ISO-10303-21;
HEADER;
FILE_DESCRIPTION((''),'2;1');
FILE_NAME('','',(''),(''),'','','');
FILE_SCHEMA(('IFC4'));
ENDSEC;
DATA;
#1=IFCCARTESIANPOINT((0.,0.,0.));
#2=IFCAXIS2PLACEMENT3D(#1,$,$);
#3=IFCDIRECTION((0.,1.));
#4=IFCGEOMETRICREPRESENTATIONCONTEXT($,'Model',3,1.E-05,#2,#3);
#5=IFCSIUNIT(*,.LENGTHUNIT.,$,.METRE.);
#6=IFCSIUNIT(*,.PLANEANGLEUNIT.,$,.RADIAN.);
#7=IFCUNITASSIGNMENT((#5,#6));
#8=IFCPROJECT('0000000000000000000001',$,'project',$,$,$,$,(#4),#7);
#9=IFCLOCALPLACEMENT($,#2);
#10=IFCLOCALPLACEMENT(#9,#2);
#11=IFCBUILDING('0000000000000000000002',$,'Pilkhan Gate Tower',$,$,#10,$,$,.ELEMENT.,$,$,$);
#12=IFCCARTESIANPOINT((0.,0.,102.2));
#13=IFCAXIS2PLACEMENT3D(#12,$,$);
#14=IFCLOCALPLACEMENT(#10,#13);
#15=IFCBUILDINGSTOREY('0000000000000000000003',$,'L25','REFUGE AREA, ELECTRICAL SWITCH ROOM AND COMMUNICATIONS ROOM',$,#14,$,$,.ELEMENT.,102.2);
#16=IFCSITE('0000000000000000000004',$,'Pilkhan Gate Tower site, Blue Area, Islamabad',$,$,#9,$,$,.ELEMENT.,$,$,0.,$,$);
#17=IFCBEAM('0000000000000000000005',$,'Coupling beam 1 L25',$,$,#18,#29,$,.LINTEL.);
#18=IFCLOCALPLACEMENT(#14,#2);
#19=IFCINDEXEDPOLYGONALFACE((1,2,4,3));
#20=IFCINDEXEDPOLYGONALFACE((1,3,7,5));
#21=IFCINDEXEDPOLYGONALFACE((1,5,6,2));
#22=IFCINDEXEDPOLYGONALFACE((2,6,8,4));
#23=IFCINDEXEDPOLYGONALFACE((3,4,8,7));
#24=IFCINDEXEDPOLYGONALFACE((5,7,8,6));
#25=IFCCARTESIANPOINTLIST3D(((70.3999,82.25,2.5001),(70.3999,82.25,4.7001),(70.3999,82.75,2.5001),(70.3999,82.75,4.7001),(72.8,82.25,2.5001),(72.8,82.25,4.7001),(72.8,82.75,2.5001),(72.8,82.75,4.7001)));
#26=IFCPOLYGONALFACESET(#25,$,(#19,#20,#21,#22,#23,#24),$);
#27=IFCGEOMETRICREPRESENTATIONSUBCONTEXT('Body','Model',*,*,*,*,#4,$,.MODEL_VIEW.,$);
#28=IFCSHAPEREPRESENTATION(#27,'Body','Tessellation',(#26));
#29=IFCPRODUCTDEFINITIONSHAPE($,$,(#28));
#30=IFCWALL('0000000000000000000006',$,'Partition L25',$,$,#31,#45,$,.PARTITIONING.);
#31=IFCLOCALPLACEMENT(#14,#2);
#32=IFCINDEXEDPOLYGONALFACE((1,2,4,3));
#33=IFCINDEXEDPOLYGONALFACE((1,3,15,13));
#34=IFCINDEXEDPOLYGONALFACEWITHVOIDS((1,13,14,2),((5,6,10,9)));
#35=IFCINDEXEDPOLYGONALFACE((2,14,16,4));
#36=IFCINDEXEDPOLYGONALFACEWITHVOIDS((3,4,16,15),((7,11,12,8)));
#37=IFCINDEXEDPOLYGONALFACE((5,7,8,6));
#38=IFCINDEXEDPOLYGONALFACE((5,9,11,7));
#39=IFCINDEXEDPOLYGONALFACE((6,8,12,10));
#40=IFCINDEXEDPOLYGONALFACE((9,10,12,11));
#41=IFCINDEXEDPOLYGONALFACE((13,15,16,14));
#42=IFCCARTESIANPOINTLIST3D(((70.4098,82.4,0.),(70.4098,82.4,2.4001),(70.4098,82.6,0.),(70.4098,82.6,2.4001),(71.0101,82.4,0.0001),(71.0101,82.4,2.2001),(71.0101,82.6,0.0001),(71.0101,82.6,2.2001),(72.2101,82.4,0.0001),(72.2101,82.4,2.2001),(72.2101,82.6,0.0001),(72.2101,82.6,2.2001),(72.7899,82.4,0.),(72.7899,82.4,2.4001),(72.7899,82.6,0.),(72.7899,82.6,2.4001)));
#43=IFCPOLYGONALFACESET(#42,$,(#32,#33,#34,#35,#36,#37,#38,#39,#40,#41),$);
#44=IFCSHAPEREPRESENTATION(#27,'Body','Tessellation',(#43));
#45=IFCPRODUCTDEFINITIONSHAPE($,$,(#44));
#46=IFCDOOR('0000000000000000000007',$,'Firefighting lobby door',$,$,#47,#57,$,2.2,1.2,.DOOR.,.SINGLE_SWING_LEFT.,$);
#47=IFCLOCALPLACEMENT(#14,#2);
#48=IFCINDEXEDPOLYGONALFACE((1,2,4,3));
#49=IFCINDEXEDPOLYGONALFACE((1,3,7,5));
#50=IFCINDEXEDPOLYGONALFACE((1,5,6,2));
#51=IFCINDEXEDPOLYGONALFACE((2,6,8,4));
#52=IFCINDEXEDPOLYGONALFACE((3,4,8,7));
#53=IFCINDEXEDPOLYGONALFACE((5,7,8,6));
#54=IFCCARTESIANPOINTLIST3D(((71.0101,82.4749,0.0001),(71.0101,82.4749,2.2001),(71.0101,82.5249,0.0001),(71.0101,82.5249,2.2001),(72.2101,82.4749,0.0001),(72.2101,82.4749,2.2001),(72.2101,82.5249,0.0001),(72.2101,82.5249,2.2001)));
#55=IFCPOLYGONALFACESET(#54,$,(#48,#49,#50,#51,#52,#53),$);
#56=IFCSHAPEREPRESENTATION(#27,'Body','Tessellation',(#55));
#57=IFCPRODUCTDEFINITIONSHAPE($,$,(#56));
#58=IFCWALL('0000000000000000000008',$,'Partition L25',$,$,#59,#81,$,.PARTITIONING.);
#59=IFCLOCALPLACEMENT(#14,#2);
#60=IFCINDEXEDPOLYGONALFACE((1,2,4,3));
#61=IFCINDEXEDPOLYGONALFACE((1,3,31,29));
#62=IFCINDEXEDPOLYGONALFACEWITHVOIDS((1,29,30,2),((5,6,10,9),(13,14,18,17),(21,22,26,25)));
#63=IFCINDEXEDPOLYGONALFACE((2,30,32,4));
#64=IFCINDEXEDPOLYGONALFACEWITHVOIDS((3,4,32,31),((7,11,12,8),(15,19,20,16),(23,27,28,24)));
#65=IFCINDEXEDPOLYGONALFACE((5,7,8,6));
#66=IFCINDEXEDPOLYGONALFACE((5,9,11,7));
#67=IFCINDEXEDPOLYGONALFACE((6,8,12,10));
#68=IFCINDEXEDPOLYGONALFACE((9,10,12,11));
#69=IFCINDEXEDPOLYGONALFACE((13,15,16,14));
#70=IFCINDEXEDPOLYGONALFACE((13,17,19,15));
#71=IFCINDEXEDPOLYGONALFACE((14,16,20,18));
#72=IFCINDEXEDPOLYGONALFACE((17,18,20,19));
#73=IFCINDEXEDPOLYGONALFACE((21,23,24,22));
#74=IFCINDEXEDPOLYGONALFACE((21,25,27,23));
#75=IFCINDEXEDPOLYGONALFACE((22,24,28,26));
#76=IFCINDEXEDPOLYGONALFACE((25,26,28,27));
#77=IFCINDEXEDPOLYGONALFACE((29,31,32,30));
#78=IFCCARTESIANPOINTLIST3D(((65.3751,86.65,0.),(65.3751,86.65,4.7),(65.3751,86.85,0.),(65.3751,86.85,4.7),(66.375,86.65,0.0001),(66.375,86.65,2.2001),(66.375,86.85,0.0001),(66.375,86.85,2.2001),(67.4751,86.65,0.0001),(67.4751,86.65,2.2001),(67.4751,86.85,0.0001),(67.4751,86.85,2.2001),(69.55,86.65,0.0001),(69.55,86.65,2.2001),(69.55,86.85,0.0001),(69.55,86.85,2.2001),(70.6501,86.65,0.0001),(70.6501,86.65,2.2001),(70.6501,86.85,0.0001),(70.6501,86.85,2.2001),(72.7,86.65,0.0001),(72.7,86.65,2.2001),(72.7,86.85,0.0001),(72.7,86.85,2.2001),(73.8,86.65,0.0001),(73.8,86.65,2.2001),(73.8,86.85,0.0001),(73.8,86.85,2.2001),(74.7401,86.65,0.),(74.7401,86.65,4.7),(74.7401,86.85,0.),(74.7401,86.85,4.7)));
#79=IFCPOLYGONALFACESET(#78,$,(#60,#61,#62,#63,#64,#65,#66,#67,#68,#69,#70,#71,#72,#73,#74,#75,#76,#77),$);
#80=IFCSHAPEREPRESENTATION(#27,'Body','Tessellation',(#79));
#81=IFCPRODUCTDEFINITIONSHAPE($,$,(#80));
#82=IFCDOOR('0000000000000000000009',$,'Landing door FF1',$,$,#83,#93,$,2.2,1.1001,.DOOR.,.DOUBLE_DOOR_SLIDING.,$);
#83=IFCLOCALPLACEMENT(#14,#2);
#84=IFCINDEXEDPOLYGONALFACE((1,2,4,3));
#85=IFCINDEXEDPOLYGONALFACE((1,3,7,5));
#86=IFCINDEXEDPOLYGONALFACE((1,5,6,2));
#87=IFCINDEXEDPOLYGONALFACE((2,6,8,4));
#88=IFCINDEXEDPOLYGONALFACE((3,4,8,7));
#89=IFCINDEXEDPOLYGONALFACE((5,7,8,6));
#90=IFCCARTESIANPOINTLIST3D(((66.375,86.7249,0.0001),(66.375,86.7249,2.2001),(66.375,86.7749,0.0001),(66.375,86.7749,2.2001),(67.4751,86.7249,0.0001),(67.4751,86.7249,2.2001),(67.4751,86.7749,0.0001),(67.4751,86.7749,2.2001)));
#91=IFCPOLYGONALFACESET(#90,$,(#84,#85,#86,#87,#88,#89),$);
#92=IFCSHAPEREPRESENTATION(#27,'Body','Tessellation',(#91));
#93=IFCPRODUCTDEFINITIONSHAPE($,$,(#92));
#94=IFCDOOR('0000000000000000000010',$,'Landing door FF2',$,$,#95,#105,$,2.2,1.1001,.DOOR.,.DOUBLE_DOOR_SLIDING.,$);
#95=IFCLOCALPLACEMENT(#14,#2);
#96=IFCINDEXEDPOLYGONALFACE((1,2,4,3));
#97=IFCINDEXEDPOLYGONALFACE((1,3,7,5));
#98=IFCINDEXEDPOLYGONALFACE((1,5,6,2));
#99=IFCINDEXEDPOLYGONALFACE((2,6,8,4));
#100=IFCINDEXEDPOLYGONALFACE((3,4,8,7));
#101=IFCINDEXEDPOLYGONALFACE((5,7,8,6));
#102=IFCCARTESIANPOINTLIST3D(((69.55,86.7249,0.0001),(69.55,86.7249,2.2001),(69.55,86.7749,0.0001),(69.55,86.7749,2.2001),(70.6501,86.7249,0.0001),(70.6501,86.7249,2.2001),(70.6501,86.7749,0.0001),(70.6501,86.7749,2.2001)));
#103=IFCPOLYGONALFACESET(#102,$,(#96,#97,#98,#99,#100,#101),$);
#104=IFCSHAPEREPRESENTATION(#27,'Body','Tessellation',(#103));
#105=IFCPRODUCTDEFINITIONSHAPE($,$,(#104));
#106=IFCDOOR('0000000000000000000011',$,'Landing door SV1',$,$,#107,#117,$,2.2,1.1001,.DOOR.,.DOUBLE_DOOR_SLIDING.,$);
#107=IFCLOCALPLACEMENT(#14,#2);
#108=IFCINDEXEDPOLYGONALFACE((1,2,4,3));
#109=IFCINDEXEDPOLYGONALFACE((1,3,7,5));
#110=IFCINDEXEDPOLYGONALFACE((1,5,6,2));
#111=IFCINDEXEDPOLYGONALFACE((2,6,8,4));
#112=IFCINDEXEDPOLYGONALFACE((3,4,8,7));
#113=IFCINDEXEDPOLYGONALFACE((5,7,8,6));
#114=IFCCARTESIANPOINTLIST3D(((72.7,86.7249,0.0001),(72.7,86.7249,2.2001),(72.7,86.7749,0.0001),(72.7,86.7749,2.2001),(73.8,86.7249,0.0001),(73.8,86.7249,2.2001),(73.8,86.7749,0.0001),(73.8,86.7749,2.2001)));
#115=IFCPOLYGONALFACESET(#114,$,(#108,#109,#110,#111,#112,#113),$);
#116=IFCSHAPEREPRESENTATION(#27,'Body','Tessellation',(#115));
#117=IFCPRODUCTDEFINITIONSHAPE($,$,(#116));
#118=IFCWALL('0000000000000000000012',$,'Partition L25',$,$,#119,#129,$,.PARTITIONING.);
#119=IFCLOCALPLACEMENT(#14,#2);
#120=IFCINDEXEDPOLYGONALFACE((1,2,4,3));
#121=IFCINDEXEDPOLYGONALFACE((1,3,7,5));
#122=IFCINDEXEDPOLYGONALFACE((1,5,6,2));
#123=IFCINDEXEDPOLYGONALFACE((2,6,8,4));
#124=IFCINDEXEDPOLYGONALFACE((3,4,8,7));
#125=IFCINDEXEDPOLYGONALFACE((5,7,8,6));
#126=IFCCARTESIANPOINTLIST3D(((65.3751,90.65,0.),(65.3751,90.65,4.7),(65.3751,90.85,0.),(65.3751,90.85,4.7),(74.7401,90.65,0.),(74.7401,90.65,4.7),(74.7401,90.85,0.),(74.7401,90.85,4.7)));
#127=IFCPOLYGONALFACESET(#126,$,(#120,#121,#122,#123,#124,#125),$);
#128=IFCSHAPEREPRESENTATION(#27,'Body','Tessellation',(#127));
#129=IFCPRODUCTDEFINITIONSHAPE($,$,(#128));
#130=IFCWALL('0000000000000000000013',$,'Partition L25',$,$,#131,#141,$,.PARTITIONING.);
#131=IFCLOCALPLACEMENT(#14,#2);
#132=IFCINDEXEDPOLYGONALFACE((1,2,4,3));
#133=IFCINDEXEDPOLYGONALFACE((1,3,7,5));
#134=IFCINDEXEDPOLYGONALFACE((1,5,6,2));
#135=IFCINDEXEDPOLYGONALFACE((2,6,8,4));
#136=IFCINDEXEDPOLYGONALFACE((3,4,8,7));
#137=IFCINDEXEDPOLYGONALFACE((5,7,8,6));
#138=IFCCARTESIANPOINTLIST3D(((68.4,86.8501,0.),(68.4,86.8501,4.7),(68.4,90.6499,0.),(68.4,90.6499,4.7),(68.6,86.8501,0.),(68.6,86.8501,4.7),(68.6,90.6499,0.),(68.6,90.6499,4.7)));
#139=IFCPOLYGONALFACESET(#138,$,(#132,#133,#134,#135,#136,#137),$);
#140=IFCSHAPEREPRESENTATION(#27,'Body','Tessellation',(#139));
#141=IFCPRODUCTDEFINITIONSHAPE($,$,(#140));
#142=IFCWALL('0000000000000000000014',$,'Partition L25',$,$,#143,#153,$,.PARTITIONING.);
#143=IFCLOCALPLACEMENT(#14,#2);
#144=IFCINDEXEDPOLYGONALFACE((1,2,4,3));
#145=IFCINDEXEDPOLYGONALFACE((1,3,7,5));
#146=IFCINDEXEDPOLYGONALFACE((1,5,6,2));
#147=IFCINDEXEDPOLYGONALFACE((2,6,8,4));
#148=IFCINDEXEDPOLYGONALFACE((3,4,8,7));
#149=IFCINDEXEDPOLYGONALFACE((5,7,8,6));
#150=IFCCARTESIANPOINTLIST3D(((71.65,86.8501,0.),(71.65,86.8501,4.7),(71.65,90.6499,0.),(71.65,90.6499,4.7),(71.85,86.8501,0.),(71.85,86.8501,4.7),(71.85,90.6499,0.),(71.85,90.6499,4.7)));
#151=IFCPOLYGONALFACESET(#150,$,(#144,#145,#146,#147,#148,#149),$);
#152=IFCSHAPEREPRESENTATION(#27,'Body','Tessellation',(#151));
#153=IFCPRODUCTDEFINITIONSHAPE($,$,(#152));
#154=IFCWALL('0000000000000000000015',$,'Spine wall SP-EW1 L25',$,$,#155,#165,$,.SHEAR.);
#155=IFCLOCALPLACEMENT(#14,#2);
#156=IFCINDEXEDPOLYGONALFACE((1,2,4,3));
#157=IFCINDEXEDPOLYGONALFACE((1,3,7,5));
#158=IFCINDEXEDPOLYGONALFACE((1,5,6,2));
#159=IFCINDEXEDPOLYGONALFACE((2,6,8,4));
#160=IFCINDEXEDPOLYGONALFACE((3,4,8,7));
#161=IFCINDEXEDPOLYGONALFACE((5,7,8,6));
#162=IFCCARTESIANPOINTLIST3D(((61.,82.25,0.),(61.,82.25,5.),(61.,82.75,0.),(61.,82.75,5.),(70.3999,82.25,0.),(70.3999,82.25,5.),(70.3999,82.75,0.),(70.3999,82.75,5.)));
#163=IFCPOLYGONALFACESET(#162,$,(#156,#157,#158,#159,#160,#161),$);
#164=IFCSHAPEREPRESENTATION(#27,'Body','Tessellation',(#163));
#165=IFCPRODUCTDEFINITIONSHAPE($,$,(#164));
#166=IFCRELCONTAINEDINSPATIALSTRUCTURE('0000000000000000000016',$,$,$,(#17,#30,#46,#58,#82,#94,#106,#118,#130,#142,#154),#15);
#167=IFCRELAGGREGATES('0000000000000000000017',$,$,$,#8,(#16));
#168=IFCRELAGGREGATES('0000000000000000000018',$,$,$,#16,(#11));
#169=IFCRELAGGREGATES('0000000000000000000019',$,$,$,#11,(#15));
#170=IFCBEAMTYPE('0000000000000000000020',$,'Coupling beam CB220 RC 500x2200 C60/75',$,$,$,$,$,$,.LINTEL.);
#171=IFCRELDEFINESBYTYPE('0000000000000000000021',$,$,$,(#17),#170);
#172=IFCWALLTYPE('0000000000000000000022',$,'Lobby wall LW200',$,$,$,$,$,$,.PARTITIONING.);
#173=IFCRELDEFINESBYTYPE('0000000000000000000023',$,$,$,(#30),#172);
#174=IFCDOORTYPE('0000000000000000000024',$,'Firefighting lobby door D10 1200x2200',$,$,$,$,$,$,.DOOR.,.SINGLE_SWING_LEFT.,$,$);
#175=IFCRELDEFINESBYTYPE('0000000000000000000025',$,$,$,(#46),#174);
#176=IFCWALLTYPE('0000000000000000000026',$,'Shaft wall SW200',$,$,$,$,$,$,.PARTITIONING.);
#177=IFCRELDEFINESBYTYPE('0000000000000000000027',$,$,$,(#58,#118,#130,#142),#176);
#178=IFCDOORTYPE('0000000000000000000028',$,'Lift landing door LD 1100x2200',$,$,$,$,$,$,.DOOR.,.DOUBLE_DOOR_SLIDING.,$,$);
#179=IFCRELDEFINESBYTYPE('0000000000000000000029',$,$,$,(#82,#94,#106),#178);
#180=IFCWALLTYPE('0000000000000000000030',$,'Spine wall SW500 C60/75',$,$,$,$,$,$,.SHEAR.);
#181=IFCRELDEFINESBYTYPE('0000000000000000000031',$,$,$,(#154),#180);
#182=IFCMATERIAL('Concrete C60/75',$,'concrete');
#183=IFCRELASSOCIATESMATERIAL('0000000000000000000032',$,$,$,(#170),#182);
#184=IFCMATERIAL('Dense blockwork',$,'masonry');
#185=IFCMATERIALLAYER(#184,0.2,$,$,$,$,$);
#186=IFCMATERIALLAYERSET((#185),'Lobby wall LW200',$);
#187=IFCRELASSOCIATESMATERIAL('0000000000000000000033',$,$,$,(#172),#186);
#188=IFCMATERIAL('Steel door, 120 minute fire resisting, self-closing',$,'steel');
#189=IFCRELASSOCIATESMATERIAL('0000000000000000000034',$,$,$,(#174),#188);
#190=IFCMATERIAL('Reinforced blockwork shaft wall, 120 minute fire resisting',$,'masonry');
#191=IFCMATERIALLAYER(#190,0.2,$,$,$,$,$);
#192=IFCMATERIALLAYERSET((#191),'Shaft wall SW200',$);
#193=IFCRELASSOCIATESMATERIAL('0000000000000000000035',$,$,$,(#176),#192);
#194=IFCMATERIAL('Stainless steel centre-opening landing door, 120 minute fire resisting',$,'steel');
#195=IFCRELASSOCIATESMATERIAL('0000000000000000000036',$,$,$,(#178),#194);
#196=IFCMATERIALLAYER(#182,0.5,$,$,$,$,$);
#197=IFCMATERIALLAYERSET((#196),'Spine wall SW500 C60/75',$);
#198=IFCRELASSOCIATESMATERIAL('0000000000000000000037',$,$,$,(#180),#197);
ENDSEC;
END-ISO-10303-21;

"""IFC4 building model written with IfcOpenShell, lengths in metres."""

from ifc_helpers import new_model, si_unit, direction, frame, frame_2d, origin, origin_2d, place, context, subcontext, project, spatial, rectangle, extrude, material, layer, layer_set, material_profile, profile_set, type_object, element, fill, save


model = new_model("IFC4")

# Units and contexts
model_context = context("Model", 3, precision=1e-05, world=origin(), true_north=direction((0.0, 1.0)))
body_context = subcontext(model_context, "Body", "Model", "MODEL_VIEW")
ifc_project = project(units=[si_unit("LENGTHUNIT", "METRE"), si_unit("PLANEANGLEUNIT", "RADIAN")], contexts=[model_context])

# Site, building, storey
site_placement = place(None, origin())
site = spatial("IfcSite", under=ifc_project, at=site_placement, Name="Pilkhan Gate Tower site, Blue Area, Islamabad", CompositionType="ELEMENT", RefElevation=0.0)
building_placement = place(site_placement, origin())
building = spatial("IfcBuilding", under=site, at=building_placement, Name="Pilkhan Gate Tower", CompositionType="ELEMENT")
storey_placement = place(building_placement, frame((0.0, 0.0, 102.2)))
storey = spatial("IfcBuildingStorey", under=building, at=storey_placement, Name="L25", Description="REFUGE AREA, ELECTRICAL SWITCH ROOM AND COMMUNICATIONS ROOM", CompositionType="ELEMENT", Elevation=102.2)

# Beam
ifc_material_1 = material(Name="Concrete C60/75", Category="concrete")
ifc_material_profile = material_profile(ifc_material_1, rectangle(XDim=0.5, YDim=2.2, at=origin_2d()), Name="RC 500x2200")
ifc_profile_set = profile_set([ifc_material_profile], Name="Concrete C60/75")
beam_type = type_object("IfcBeamType", Name="Coupling beam CB220 RC 500x2200 C60/75", PredefinedType="LINTEL", material=ifc_profile_set)
beam_placement = place(storey_placement, frame((70.3999, 82.5, 3.6001), z_axis=(1.0, 0.0, 0.0), x_axis=(0.0, 1.0, 0.0)))
element("IfcBeam", 1, at=beam_placement, inside=storey, type_object=beam_type, Name="Coupling beam 1 L25", PredefinedType="LINTEL", context=body_context, shape_type="SweptSolid", body=[
    extrude(rectangle(XDim=0.5, YDim=2.2, at=origin_2d()), origin(), (0.0, 0.0, 1.0), 2.4001),
])

# Wall, opening, door
ifc_material_2 = material(Name="Dense blockwork", Category="masonry")
ifc_layer_1 = layer(ifc_material_2, 0.2)
ifc_layer_set_1 = layer_set([ifc_layer_1], Name="Lobby wall LW200")
wall_type_1 = type_object("IfcWallType", Name="Lobby wall LW200", PredefinedType="PARTITIONING", material=ifc_layer_set_1)
wall_1_placement = place(storey_placement, frame((70.4099, 82.5, 0.0), z_axis=(0.0, 0.0, 1.0), x_axis=(1.0, 0.0, 0.0)))
wall_1 = element("IfcWall", 2, at=wall_1_placement, inside=storey, type_object=wall_type_1, Name="Partition L25", PredefinedType="PARTITIONING", context=body_context, shape_type="SweptSolid", body=[
    extrude(rectangle(XDim=2.3801, YDim=0.2, at=frame_2d((1.1899, 0.0))), origin(), (0.0, 0.0, 1.0), 2.4001),
])
opening_1_placement = place(wall_1_placement, frame((0.6001, 0.0, 0.0)))
opening_1 = element("IfcOpeningElement", 3, at=opening_1_placement, cuts=wall_1, PredefinedType="OPENING", context=body_context, shape_type="SweptSolid", body=[
    extrude(rectangle(XDim=1.2, YDim=2.2, at=frame_2d((0.6001, 1.1001))), frame((0.0, 0.1099, 0.0), z_axis=(0.0, -1.0, 0.0), x_axis=(1.0, 0.0, 0.0)), (0.0, 0.0, 1.0), 0.22),
])
ifc_material_3 = material(Name="Steel door, 120 minute fire resisting, self-closing", Category="steel")
door_type_1 = type_object("IfcDoorType", Name="Firefighting lobby door D10 1200x2200", OperationType="SINGLE_SWING_LEFT", PredefinedType="DOOR", material=ifc_material_3)
door_1_placement = place(opening_1_placement, origin())
door_1 = element("IfcDoor", 4, at=door_1_placement, inside=storey, type_object=door_type_1, Name="Firefighting lobby door", OperationType="SINGLE_SWING_LEFT", OverallHeight=2.2, OverallWidth=1.2, PredefinedType="DOOR", context=body_context, shape_type="SweptSolid", body=[
    extrude(rectangle(XDim=1.2, YDim=2.2, at=frame_2d((0.6001, 1.1001))), frame((0.0, 0.0249, 0.0), z_axis=(0.0, -1.0, 0.0), x_axis=(1.0, 0.0, 0.0)), (0.0, 0.0, 1.0), 0.05),
])
fill(opening_1, door_1)

# Wall, openings, doors
ifc_material_4 = material(Name="Reinforced blockwork shaft wall, 120 minute fire resisting", Category="masonry")
ifc_layer_2 = layer(ifc_material_4, 0.2)
ifc_layer_set_2 = layer_set([ifc_layer_2], Name="Shaft wall SW200")
wall_type_2 = type_object("IfcWallType", Name="Shaft wall SW200", PredefinedType="PARTITIONING", material=ifc_layer_set_2)
wall_2_placement = place(storey_placement, frame((65.375, 86.75, 0.0), z_axis=(0.0, 0.0, 1.0), x_axis=(1.0, 0.0, 0.0)))
wall_2 = element("IfcWall", 5, at=wall_2_placement, inside=storey, type_object=wall_type_2, Name="Partition L25", PredefinedType="PARTITIONING", context=body_context, shape_type="SweptSolid", body=[
    extrude(rectangle(XDim=9.365, YDim=0.2, at=frame_2d((4.6826, 0.0))), origin(), (0.0, 0.0, 1.0), 4.7),
])
opening_2_placement = place(wall_2_placement, frame((1.0, 0.0, 0.0)))
opening_2 = element("IfcOpeningElement", 6, at=opening_2_placement, cuts=wall_2, PredefinedType="OPENING", context=body_context, shape_type="SweptSolid", body=[
    extrude(rectangle(XDim=1.1001, YDim=2.2, at=frame_2d((0.55, 1.1001))), frame((0.0, 0.1099, 0.0), z_axis=(0.0, -1.0, 0.0), x_axis=(1.0, 0.0, 0.0)), (0.0, 0.0, 1.0), 0.22),
])
opening_3_placement = place(wall_2_placement, frame((4.175, 0.0, 0.0)))
opening_3 = element("IfcOpeningElement", 7, at=opening_3_placement, cuts=wall_2, PredefinedType="OPENING", context=body_context, shape_type="SweptSolid", body=[
    extrude(rectangle(XDim=1.1001, YDim=2.2, at=frame_2d((0.55, 1.1001))), frame((0.0, 0.1099, 0.0), z_axis=(0.0, -1.0, 0.0), x_axis=(1.0, 0.0, 0.0)), (0.0, 0.0, 1.0), 0.22),
])
opening_4_placement = place(wall_2_placement, frame((7.325, 0.0, 0.0)))
opening_4 = element("IfcOpeningElement", 8, at=opening_4_placement, cuts=wall_2, PredefinedType="OPENING", context=body_context, shape_type="SweptSolid", body=[
    extrude(rectangle(XDim=1.1001, YDim=2.2, at=frame_2d((0.55, 1.1001))), frame((0.0, 0.1099, 0.0), z_axis=(0.0, -1.0, 0.0), x_axis=(1.0, 0.0, 0.0)), (0.0, 0.0, 1.0), 0.22),
])
ifc_material_5 = material(Name="Stainless steel centre-opening landing door, 120 minute fire resisting", Category="steel")
door_type_2 = type_object("IfcDoorType", Name="Lift landing door LD 1100x2200", OperationType="DOUBLE_DOOR_SLIDING", PredefinedType="DOOR", material=ifc_material_5)
door_2_placement = place(opening_2_placement, origin())
door_2 = element("IfcDoor", 9, at=door_2_placement, inside=storey, type_object=door_type_2, Name="Landing door FF1", OperationType="DOUBLE_DOOR_SLIDING", OverallHeight=2.2, OverallWidth=1.1001, PredefinedType="DOOR", context=body_context, shape_type="SweptSolid", body=[
    extrude(rectangle(XDim=1.1001, YDim=2.2, at=frame_2d((0.55, 1.1001))), frame((0.0, 0.0249, 0.0), z_axis=(0.0, -1.0, 0.0), x_axis=(1.0, 0.0, 0.0)), (0.0, 0.0, 1.0), 0.05),
])
fill(opening_2, door_2)
door_3_placement = place(opening_3_placement, origin())
door_3 = element("IfcDoor", 10, at=door_3_placement, inside=storey, type_object=door_type_2, Name="Landing door FF2", OperationType="DOUBLE_DOOR_SLIDING", OverallHeight=2.2, OverallWidth=1.1001, PredefinedType="DOOR", context=body_context, shape_type="SweptSolid", body=[
    extrude(rectangle(XDim=1.1001, YDim=2.2, at=frame_2d((0.55, 1.1001))), frame((0.0, 0.0249, 0.0), z_axis=(0.0, -1.0, 0.0), x_axis=(1.0, 0.0, 0.0)), (0.0, 0.0, 1.0), 0.05),
])
fill(opening_3, door_3)
door_4_placement = place(opening_4_placement, origin())
door_4 = element("IfcDoor", 11, at=door_4_placement, inside=storey, type_object=door_type_2, Name="Landing door SV1", OperationType="DOUBLE_DOOR_SLIDING", OverallHeight=2.2, OverallWidth=1.1001, PredefinedType="DOOR", context=body_context, shape_type="SweptSolid", body=[
    extrude(rectangle(XDim=1.1001, YDim=2.2, at=frame_2d((0.55, 1.1001))), frame((0.0, 0.0249, 0.0), z_axis=(0.0, -1.0, 0.0), x_axis=(1.0, 0.0, 0.0)), (0.0, 0.0, 1.0), 0.05),
])
fill(opening_4, door_4)

# Walls
wall_3_placement = place(storey_placement, frame((65.375, 90.75, 0.0), z_axis=(0.0, 0.0, 1.0), x_axis=(1.0, 0.0, 0.0)))
element("IfcWall", 12, at=wall_3_placement, inside=storey, type_object=wall_type_2, Name="Partition L25", PredefinedType="PARTITIONING", context=body_context, shape_type="SweptSolid", body=[
    extrude(rectangle(XDim=9.365, YDim=0.2, at=frame_2d((4.6826, 0.0))), origin(), (0.0, 0.0, 1.0), 4.7),
])
for number, where, z_axis, x_axis, name in (
    (13, (68.5, 86.8501, 0.0), (0.0, 0.0, 1.0), (0.0, 1.0, 0.0), "Partition L25"),
    (14, (71.75, 86.8501, 0.0), (0.0, 0.0, 1.0), (0.0, 1.0, 0.0), "Partition L25"),
):
    element("IfcWall", number, at=place(storey_placement, frame(where, z_axis=z_axis, x_axis=x_axis)), inside=storey, type_object=wall_type_2, Name=name, PredefinedType="PARTITIONING", context=body_context, shape_type="SweptSolid", body=[
        extrude(rectangle(XDim=3.7998, YDim=0.2, at=frame_2d((1.8999, 0.0))), origin(), (0.0, 0.0, 1.0), 4.7),
    ])
ifc_layer_3 = layer(ifc_material_1, 0.5)
ifc_layer_set_3 = layer_set([ifc_layer_3], Name="Spine wall SW500 C60/75")
wall_type_3 = type_object("IfcWallType", Name="Spine wall SW500 C60/75", PredefinedType="SHEAR", material=ifc_layer_set_3)
wall_4_placement = place(storey_placement, frame((61.0, 82.5, 0.0), z_axis=(0.0, 0.0, 1.0), x_axis=(1.0, 0.0, 0.0)))
element("IfcWall", 15, at=wall_4_placement, inside=storey, type_object=wall_type_3, Name="Spine wall SP-EW1 L25", PredefinedType="SHEAR", context=body_context, shape_type="SweptSolid", body=[
    extrude(rectangle(XDim=9.3999, YDim=0.5, at=frame_2d((4.7, 0.0))), origin(), (0.0, 0.0, 1.0), 5.0),
])

save(model, "model.ifc")
